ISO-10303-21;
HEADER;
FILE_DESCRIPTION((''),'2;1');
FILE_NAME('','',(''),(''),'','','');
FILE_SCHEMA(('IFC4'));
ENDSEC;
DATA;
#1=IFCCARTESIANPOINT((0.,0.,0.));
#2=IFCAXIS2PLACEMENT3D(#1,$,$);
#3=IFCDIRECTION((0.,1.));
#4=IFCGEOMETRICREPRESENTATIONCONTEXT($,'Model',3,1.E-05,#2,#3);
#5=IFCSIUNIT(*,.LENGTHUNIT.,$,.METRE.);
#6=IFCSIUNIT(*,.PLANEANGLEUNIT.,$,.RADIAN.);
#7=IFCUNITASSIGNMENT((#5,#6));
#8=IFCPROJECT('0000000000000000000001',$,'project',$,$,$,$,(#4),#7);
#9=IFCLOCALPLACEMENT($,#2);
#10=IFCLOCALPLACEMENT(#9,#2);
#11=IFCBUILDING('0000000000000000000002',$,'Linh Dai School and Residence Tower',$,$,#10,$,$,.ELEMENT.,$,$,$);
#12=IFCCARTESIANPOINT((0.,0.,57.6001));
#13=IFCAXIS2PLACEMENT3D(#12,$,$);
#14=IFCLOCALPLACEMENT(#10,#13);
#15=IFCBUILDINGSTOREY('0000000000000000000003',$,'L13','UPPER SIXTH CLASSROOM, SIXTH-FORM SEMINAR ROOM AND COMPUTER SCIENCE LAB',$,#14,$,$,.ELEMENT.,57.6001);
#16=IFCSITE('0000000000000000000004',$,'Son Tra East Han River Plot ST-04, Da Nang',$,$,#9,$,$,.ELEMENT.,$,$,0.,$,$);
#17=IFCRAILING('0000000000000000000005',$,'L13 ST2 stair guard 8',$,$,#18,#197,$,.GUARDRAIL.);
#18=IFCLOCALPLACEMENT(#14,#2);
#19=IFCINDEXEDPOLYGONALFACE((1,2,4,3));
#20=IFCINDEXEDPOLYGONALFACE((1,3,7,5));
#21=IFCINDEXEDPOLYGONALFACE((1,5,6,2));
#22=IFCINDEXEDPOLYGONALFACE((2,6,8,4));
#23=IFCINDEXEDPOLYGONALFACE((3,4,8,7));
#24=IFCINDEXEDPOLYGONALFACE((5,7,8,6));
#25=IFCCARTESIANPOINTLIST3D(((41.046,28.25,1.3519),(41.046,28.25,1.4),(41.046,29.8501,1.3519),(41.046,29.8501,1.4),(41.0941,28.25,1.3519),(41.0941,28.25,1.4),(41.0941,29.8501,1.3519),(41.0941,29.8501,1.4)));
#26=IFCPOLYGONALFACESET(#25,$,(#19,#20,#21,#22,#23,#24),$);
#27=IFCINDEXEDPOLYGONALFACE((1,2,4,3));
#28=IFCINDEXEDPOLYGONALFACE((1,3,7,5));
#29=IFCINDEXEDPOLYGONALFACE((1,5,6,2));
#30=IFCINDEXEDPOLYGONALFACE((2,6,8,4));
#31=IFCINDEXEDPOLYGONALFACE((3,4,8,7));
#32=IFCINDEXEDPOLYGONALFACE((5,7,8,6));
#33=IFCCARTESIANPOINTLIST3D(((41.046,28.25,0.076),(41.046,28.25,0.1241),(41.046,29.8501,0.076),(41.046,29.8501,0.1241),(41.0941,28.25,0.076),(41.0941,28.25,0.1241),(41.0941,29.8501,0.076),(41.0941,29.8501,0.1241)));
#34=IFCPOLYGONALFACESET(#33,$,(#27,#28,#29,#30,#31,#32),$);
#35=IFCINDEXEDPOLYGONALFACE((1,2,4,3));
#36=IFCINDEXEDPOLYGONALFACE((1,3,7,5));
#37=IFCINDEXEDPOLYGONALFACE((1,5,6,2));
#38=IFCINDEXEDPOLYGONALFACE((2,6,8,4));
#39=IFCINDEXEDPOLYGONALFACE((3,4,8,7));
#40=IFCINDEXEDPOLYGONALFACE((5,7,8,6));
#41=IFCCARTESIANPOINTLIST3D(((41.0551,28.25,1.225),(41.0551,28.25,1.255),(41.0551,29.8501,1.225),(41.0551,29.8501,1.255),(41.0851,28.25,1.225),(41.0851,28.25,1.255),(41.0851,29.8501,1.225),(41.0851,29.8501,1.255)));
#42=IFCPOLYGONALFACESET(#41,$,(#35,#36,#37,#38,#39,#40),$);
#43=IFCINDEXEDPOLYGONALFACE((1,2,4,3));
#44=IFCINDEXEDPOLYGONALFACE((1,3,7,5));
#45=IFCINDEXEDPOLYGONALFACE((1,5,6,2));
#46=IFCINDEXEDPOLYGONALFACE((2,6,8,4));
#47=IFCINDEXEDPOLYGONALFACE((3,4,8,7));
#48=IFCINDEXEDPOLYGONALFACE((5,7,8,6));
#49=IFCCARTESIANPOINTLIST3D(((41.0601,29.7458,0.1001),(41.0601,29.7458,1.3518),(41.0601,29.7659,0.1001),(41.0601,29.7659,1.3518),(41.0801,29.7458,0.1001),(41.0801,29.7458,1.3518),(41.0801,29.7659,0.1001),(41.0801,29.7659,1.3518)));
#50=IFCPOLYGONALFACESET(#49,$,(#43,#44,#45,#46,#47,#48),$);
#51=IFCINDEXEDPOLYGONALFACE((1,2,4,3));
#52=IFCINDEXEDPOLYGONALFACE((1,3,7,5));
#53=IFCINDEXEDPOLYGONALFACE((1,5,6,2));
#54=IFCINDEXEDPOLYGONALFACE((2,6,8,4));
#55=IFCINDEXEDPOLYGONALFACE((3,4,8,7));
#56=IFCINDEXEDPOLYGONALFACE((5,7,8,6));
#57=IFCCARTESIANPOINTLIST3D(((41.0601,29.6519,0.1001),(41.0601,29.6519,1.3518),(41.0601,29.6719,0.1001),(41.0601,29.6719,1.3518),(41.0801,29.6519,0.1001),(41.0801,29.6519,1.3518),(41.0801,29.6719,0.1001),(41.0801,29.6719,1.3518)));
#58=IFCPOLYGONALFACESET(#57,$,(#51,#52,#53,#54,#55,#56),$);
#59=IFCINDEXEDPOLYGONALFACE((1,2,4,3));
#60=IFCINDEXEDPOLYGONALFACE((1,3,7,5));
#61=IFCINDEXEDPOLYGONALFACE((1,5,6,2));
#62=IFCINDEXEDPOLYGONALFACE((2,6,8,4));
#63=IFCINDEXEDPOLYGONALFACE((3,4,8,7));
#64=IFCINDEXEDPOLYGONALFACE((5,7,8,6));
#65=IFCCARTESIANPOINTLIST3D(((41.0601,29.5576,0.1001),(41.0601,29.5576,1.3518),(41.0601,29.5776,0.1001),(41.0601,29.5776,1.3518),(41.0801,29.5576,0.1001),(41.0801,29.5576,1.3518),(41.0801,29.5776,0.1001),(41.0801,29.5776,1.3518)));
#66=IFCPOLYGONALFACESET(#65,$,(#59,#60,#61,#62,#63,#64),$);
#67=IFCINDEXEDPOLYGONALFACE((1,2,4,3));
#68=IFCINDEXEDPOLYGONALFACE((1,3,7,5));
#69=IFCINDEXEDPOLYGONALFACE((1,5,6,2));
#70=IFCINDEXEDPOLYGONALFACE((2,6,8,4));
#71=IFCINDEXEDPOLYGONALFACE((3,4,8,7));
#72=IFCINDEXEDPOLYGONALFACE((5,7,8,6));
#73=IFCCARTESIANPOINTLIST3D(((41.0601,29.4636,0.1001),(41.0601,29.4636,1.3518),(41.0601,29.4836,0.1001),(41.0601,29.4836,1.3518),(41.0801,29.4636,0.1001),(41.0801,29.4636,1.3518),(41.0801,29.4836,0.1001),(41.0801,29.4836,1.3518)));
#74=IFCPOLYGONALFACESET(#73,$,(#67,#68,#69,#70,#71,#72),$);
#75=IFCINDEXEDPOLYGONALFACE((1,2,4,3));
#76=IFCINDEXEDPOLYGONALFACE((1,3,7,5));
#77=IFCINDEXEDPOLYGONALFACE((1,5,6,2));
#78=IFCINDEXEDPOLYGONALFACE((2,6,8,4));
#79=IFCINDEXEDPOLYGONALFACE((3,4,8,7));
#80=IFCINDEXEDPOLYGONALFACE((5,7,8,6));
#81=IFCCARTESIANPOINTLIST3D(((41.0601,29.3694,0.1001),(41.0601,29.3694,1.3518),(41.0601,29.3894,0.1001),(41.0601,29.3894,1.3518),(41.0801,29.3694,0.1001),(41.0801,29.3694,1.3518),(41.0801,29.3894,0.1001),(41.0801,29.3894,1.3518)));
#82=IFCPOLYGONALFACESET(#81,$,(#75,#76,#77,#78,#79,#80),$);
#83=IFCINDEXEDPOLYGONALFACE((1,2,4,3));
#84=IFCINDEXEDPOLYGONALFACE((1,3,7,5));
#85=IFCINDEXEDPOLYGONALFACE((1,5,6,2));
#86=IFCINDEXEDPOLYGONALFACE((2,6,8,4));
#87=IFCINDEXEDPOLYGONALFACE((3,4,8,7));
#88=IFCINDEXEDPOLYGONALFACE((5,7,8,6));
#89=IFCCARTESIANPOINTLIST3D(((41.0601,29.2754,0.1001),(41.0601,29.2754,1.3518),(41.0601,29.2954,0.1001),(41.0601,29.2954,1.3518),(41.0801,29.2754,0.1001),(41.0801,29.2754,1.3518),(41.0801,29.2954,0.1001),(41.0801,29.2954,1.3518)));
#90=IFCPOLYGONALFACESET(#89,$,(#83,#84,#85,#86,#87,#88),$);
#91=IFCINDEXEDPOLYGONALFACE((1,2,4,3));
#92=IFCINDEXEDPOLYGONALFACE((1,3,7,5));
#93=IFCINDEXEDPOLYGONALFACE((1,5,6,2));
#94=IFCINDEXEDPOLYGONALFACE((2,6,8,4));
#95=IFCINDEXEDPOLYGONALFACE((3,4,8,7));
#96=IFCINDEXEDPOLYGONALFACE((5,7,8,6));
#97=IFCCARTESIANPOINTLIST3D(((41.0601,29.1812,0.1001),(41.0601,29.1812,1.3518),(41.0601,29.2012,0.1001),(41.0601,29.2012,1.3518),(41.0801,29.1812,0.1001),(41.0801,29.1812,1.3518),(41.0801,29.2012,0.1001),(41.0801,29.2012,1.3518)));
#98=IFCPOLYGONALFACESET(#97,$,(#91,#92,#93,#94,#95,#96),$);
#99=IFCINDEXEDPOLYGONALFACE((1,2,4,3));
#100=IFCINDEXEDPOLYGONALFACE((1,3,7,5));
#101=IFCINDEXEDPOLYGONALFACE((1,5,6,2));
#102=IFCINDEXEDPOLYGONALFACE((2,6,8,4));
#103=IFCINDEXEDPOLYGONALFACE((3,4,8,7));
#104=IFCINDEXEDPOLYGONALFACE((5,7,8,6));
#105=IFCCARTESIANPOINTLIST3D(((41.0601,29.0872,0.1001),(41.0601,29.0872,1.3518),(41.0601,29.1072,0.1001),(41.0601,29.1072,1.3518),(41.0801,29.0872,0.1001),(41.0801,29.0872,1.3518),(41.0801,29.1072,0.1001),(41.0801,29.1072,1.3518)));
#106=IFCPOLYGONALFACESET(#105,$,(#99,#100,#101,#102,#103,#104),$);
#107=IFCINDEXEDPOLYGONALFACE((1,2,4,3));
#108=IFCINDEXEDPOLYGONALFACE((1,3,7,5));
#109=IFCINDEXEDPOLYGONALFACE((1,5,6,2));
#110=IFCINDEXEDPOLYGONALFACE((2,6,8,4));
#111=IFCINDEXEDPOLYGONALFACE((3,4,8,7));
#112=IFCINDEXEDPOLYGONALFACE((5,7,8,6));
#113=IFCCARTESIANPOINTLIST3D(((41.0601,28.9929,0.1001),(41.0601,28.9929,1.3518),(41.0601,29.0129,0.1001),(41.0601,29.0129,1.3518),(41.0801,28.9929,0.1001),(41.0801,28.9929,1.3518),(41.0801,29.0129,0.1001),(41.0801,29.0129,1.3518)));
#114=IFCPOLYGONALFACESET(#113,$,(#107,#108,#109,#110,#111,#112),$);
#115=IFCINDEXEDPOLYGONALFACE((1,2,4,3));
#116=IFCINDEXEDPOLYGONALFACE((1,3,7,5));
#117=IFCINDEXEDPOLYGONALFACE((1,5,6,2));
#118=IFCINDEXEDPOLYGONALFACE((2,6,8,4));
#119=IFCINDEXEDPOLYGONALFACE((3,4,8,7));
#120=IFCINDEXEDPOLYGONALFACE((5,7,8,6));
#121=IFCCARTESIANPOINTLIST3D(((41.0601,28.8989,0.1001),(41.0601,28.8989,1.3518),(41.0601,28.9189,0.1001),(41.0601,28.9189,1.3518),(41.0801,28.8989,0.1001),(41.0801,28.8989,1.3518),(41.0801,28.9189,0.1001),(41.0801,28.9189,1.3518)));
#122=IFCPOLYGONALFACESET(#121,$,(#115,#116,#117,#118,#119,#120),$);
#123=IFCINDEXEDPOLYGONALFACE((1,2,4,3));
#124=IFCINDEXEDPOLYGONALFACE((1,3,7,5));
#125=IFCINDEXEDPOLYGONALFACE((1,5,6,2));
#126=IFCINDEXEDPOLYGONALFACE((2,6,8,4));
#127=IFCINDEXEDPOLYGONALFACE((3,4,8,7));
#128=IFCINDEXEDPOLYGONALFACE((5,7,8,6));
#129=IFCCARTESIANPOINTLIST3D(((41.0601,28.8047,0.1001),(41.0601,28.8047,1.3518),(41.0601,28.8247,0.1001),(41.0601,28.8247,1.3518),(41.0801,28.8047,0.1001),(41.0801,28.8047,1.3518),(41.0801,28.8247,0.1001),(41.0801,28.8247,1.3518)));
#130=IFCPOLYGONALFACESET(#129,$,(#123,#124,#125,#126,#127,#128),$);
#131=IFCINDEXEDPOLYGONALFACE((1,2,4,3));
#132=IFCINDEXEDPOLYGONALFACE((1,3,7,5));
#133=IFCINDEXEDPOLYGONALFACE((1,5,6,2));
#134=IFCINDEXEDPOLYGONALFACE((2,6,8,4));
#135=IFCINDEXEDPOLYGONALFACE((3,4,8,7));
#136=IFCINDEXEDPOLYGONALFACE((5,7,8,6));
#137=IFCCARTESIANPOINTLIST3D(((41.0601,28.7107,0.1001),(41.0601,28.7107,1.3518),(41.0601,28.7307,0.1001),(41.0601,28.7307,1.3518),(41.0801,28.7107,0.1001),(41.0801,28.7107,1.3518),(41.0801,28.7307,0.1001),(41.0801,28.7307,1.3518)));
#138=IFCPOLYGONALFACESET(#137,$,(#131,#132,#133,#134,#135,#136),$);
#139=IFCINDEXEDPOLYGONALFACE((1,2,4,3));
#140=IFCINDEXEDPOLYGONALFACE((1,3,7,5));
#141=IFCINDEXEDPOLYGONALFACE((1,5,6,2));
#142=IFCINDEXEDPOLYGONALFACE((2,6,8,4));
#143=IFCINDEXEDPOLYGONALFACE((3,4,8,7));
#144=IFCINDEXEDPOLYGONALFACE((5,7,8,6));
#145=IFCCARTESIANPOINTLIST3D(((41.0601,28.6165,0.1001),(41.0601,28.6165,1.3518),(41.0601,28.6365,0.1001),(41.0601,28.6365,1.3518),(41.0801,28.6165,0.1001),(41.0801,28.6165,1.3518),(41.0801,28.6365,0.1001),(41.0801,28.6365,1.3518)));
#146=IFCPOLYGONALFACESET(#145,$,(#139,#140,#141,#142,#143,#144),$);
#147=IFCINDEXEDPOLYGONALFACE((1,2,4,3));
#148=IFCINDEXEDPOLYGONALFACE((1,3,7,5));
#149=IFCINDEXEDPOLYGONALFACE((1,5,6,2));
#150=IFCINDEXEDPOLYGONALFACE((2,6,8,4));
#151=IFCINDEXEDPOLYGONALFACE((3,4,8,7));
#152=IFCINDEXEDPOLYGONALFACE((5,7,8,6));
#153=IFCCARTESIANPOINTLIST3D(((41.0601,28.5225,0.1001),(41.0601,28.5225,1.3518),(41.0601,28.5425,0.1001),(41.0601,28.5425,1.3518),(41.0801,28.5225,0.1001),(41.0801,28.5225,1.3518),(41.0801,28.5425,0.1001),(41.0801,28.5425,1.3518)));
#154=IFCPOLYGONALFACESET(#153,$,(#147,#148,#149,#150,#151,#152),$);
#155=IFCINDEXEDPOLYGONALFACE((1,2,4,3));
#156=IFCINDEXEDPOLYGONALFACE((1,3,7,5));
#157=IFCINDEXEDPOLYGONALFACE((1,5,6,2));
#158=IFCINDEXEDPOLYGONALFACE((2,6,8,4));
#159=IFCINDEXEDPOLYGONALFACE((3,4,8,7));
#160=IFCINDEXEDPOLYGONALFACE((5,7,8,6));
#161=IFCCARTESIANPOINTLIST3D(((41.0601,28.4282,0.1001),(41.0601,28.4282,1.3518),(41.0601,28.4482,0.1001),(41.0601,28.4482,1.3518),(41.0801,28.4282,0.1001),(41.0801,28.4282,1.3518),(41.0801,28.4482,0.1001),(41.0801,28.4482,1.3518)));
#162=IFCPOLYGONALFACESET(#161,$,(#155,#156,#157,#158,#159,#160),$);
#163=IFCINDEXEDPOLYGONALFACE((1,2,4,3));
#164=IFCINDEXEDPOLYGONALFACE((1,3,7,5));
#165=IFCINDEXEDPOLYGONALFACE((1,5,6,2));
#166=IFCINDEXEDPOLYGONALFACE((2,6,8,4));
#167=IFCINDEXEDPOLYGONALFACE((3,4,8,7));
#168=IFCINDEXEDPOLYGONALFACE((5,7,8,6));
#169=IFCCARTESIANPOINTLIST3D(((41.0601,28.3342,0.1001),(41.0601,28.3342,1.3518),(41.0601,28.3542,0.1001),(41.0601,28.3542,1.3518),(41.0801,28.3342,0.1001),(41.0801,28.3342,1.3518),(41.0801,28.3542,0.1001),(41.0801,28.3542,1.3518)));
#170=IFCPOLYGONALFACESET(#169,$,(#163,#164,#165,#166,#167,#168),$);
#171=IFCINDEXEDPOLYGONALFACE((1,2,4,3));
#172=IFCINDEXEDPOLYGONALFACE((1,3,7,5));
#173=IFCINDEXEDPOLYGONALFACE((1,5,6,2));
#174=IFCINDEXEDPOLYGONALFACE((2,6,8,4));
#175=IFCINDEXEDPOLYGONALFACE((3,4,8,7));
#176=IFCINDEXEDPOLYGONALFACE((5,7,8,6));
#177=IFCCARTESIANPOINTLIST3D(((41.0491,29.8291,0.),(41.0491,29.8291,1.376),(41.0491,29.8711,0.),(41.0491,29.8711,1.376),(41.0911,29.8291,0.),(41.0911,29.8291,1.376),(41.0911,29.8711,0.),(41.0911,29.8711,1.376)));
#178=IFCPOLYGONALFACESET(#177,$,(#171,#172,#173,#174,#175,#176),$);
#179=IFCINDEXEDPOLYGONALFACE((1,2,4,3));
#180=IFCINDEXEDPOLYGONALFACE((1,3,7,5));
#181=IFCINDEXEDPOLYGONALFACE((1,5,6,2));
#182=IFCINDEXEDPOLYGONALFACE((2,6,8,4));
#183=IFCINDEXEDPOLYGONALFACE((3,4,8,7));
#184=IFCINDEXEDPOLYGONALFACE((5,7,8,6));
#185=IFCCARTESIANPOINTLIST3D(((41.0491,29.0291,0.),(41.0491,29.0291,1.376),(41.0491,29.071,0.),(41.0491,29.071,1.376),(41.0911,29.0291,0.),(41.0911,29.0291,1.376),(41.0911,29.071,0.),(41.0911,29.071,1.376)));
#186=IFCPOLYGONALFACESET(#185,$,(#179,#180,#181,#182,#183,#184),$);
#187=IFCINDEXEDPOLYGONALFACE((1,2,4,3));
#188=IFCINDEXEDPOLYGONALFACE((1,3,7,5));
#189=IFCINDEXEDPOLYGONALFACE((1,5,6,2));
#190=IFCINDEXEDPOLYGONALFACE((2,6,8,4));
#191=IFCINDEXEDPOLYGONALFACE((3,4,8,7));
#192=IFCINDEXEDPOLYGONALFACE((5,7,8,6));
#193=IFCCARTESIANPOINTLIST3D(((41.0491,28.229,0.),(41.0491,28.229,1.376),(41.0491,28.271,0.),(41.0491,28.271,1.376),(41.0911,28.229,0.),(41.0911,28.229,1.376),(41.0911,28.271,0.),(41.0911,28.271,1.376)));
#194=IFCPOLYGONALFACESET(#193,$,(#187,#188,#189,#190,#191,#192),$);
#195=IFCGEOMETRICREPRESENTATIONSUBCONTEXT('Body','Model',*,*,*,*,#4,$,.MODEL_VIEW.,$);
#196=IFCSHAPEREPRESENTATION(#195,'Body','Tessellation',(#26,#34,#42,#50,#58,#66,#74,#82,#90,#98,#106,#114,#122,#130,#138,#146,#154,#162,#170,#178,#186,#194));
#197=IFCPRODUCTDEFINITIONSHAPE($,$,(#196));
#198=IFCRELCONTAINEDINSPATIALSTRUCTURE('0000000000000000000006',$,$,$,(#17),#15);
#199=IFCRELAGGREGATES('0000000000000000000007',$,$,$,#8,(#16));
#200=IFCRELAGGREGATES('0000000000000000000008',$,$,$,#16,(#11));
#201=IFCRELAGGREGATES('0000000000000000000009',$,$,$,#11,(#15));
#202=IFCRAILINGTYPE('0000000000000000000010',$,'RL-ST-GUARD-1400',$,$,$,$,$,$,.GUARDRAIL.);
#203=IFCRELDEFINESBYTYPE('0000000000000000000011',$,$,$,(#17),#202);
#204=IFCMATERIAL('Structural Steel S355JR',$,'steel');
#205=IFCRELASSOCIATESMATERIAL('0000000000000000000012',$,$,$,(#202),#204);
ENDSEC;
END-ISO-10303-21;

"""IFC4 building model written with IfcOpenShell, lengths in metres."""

from ifc_helpers import new_model, si_unit, direction, frame, origin, origin_2d, place, context, subcontext, project, spatial, rectangle, extrude, source, transform, mapped, material, type_object, element, save


model = new_model("IFC4")

# Units and contexts
model_context = context("Model", 3, precision=1e-05, world=origin(), true_north=direction((0.0, 1.0)))
body_context = subcontext(model_context, "Body", "Model", "MODEL_VIEW")
ifc_project = project(units=[si_unit("LENGTHUNIT", "METRE"), si_unit("PLANEANGLEUNIT", "RADIAN")], contexts=[model_context])

# Site, building, storey
site_placement = place(None, origin())
site = spatial("IfcSite", under=ifc_project, at=site_placement, Name="Son Tra East Han River Plot ST-04, Da Nang", CompositionType="ELEMENT", RefElevation=0.0)
building_placement = place(site_placement, origin())
building = spatial("IfcBuilding", under=site, at=building_placement, Name="Linh Dai School and Residence Tower", CompositionType="ELEMENT")
storey_placement = place(building_placement, frame((0.0, 0.0, 57.6001)))
storey = spatial("IfcBuildingStorey", under=building, at=storey_placement, Name="L13", Description="UPPER SIXTH CLASSROOM, SIXTH-FORM SEMINAR ROOM AND COMPUTER SCIENCE LAB", CompositionType="ELEMENT", Elevation=57.6001)

# Shared definitions
ifc_material_1 = material(Name="Structural Steel S355JR", Category="steel")

# Railing
railing_type_1 = type_object("IfcRailingType", Name="RL-ST-GUARD-1400", PredefinedType="GUARDRAIL", material=ifc_material_1)
shared_shape_1 = source(origin(), body_context, "Body", "SweptSolid", [
    extrude(rectangle(XDim=0.0481, YDim=0.0481, at=origin_2d()), frame((0.0, 0.0, 1.376), z_axis=(0.0, -1.0, 0.0), x_axis=(1.0, 0.0, 0.0)), (0.0, 0.0, 1.0), 1.6001),
    extrude(rectangle(XDim=0.0481, YDim=0.0481, at=origin_2d()), frame((0.0, 0.0, 0.1001), z_axis=(0.0, -1.0, 0.0), x_axis=(1.0, 0.0, 0.0)), (0.0, 0.0, 1.0), 1.6001),
    extrude(rectangle(XDim=0.03, YDim=0.03, at=origin_2d()), frame((0.0, 0.0, 1.24), z_axis=(0.0, -1.0, 0.0), x_axis=(1.0, 0.0, 0.0)), (0.0, 0.0, 1.0), 1.6001),
    extrude(rectangle(XDim=0.02, YDim=0.02, at=origin_2d()), frame((0.0, -0.0942, 0.1001)), (0.0, 0.0, 1.0), 1.2517),
    extrude(rectangle(XDim=0.02, YDim=0.02, at=origin_2d()), frame((0.0, -0.1882, 0.1001)), (0.0, 0.0, 1.0), 1.2517),
    extrude(rectangle(XDim=0.02, YDim=0.02, at=origin_2d()), frame((0.0, -0.2825, 0.1001)), (0.0, 0.0, 1.0), 1.2517),
    extrude(rectangle(XDim=0.02, YDim=0.02, at=origin_2d()), frame((0.0, -0.3765, 0.1001)), (0.0, 0.0, 1.0), 1.2517),
    extrude(rectangle(XDim=0.02, YDim=0.02, at=origin_2d()), frame((0.0, -0.4707, 0.1001)), (0.0, 0.0, 1.0), 1.2517),
    extrude(rectangle(XDim=0.02, YDim=0.02, at=origin_2d()), frame((0.0, -0.5647, 0.1001)), (0.0, 0.0, 1.0), 1.2517),
    extrude(rectangle(XDim=0.02, YDim=0.02, at=origin_2d()), frame((0.0, -0.6589, 0.1001)), (0.0, 0.0, 1.0), 1.2517),
    extrude(rectangle(XDim=0.02, YDim=0.02, at=origin_2d()), frame((0.0, -0.7529, 0.1001)), (0.0, 0.0, 1.0), 1.2517),
    extrude(rectangle(XDim=0.02, YDim=0.02, at=origin_2d()), frame((0.0, -0.8472, 0.1001)), (0.0, 0.0, 1.0), 1.2517),
    extrude(rectangle(XDim=0.02, YDim=0.02, at=origin_2d()), frame((0.0, -0.9412, 0.1001)), (0.0, 0.0, 1.0), 1.2517),
    extrude(rectangle(XDim=0.02, YDim=0.02, at=origin_2d()), frame((0.0, -1.0354, 0.1001)), (0.0, 0.0, 1.0), 1.2517),
    extrude(rectangle(XDim=0.02, YDim=0.02, at=origin_2d()), frame((0.0, -1.1294, 0.1001)), (0.0, 0.0, 1.0), 1.2517),
    extrude(rectangle(XDim=0.02, YDim=0.02, at=origin_2d()), frame((0.0, -1.2236, 0.1001)), (0.0, 0.0, 1.0), 1.2517),
    extrude(rectangle(XDim=0.02, YDim=0.02, at=origin_2d()), frame((0.0, -1.3176, 0.1001)), (0.0, 0.0, 1.0), 1.2517),
    extrude(rectangle(XDim=0.02, YDim=0.02, at=origin_2d()), frame((0.0, -1.4119, 0.1001)), (0.0, 0.0, 1.0), 1.2517),
    extrude(rectangle(XDim=0.02, YDim=0.02, at=origin_2d()), frame((0.0, -1.5059, 0.1001)), (0.0, 0.0, 1.0), 1.2517),
    extrude(rectangle(XDim=0.042, YDim=0.042, at=origin_2d()), origin(), (0.0, 0.0, 1.0), 1.376),
    extrude(rectangle(XDim=0.042, YDim=0.042, at=origin_2d()), frame((0.0, -0.8, 0.0)), (0.0, 0.0, 1.0), 1.376),
    extrude(rectangle(XDim=0.042, YDim=0.042, at=origin_2d()), frame((0.0, -1.6001, 0.0)), (0.0, 0.0, 1.0), 1.376),
])
for number, where, name in (
    (1, (41.0701, 29.8501, 0.0), "L13 ST2 stair guard 8"),
):
    element("IfcRailing", number, at=place(storey_placement, frame(where)), inside=storey, type_object=railing_type_1, Name=name, PredefinedType="GUARDRAIL", context=body_context, shape_type="MappedRepresentation", body=[
        mapped(shared_shape_1, transform((0.0, 0.0, 0.0), x_axis=(1.0, 0.0, 0.0), y_axis=(0.0, 1.0, 0.0), z_axis=(0.0, 0.0, 1.0), scale=1.0)),
    ])

save(model, "model.ifc")
